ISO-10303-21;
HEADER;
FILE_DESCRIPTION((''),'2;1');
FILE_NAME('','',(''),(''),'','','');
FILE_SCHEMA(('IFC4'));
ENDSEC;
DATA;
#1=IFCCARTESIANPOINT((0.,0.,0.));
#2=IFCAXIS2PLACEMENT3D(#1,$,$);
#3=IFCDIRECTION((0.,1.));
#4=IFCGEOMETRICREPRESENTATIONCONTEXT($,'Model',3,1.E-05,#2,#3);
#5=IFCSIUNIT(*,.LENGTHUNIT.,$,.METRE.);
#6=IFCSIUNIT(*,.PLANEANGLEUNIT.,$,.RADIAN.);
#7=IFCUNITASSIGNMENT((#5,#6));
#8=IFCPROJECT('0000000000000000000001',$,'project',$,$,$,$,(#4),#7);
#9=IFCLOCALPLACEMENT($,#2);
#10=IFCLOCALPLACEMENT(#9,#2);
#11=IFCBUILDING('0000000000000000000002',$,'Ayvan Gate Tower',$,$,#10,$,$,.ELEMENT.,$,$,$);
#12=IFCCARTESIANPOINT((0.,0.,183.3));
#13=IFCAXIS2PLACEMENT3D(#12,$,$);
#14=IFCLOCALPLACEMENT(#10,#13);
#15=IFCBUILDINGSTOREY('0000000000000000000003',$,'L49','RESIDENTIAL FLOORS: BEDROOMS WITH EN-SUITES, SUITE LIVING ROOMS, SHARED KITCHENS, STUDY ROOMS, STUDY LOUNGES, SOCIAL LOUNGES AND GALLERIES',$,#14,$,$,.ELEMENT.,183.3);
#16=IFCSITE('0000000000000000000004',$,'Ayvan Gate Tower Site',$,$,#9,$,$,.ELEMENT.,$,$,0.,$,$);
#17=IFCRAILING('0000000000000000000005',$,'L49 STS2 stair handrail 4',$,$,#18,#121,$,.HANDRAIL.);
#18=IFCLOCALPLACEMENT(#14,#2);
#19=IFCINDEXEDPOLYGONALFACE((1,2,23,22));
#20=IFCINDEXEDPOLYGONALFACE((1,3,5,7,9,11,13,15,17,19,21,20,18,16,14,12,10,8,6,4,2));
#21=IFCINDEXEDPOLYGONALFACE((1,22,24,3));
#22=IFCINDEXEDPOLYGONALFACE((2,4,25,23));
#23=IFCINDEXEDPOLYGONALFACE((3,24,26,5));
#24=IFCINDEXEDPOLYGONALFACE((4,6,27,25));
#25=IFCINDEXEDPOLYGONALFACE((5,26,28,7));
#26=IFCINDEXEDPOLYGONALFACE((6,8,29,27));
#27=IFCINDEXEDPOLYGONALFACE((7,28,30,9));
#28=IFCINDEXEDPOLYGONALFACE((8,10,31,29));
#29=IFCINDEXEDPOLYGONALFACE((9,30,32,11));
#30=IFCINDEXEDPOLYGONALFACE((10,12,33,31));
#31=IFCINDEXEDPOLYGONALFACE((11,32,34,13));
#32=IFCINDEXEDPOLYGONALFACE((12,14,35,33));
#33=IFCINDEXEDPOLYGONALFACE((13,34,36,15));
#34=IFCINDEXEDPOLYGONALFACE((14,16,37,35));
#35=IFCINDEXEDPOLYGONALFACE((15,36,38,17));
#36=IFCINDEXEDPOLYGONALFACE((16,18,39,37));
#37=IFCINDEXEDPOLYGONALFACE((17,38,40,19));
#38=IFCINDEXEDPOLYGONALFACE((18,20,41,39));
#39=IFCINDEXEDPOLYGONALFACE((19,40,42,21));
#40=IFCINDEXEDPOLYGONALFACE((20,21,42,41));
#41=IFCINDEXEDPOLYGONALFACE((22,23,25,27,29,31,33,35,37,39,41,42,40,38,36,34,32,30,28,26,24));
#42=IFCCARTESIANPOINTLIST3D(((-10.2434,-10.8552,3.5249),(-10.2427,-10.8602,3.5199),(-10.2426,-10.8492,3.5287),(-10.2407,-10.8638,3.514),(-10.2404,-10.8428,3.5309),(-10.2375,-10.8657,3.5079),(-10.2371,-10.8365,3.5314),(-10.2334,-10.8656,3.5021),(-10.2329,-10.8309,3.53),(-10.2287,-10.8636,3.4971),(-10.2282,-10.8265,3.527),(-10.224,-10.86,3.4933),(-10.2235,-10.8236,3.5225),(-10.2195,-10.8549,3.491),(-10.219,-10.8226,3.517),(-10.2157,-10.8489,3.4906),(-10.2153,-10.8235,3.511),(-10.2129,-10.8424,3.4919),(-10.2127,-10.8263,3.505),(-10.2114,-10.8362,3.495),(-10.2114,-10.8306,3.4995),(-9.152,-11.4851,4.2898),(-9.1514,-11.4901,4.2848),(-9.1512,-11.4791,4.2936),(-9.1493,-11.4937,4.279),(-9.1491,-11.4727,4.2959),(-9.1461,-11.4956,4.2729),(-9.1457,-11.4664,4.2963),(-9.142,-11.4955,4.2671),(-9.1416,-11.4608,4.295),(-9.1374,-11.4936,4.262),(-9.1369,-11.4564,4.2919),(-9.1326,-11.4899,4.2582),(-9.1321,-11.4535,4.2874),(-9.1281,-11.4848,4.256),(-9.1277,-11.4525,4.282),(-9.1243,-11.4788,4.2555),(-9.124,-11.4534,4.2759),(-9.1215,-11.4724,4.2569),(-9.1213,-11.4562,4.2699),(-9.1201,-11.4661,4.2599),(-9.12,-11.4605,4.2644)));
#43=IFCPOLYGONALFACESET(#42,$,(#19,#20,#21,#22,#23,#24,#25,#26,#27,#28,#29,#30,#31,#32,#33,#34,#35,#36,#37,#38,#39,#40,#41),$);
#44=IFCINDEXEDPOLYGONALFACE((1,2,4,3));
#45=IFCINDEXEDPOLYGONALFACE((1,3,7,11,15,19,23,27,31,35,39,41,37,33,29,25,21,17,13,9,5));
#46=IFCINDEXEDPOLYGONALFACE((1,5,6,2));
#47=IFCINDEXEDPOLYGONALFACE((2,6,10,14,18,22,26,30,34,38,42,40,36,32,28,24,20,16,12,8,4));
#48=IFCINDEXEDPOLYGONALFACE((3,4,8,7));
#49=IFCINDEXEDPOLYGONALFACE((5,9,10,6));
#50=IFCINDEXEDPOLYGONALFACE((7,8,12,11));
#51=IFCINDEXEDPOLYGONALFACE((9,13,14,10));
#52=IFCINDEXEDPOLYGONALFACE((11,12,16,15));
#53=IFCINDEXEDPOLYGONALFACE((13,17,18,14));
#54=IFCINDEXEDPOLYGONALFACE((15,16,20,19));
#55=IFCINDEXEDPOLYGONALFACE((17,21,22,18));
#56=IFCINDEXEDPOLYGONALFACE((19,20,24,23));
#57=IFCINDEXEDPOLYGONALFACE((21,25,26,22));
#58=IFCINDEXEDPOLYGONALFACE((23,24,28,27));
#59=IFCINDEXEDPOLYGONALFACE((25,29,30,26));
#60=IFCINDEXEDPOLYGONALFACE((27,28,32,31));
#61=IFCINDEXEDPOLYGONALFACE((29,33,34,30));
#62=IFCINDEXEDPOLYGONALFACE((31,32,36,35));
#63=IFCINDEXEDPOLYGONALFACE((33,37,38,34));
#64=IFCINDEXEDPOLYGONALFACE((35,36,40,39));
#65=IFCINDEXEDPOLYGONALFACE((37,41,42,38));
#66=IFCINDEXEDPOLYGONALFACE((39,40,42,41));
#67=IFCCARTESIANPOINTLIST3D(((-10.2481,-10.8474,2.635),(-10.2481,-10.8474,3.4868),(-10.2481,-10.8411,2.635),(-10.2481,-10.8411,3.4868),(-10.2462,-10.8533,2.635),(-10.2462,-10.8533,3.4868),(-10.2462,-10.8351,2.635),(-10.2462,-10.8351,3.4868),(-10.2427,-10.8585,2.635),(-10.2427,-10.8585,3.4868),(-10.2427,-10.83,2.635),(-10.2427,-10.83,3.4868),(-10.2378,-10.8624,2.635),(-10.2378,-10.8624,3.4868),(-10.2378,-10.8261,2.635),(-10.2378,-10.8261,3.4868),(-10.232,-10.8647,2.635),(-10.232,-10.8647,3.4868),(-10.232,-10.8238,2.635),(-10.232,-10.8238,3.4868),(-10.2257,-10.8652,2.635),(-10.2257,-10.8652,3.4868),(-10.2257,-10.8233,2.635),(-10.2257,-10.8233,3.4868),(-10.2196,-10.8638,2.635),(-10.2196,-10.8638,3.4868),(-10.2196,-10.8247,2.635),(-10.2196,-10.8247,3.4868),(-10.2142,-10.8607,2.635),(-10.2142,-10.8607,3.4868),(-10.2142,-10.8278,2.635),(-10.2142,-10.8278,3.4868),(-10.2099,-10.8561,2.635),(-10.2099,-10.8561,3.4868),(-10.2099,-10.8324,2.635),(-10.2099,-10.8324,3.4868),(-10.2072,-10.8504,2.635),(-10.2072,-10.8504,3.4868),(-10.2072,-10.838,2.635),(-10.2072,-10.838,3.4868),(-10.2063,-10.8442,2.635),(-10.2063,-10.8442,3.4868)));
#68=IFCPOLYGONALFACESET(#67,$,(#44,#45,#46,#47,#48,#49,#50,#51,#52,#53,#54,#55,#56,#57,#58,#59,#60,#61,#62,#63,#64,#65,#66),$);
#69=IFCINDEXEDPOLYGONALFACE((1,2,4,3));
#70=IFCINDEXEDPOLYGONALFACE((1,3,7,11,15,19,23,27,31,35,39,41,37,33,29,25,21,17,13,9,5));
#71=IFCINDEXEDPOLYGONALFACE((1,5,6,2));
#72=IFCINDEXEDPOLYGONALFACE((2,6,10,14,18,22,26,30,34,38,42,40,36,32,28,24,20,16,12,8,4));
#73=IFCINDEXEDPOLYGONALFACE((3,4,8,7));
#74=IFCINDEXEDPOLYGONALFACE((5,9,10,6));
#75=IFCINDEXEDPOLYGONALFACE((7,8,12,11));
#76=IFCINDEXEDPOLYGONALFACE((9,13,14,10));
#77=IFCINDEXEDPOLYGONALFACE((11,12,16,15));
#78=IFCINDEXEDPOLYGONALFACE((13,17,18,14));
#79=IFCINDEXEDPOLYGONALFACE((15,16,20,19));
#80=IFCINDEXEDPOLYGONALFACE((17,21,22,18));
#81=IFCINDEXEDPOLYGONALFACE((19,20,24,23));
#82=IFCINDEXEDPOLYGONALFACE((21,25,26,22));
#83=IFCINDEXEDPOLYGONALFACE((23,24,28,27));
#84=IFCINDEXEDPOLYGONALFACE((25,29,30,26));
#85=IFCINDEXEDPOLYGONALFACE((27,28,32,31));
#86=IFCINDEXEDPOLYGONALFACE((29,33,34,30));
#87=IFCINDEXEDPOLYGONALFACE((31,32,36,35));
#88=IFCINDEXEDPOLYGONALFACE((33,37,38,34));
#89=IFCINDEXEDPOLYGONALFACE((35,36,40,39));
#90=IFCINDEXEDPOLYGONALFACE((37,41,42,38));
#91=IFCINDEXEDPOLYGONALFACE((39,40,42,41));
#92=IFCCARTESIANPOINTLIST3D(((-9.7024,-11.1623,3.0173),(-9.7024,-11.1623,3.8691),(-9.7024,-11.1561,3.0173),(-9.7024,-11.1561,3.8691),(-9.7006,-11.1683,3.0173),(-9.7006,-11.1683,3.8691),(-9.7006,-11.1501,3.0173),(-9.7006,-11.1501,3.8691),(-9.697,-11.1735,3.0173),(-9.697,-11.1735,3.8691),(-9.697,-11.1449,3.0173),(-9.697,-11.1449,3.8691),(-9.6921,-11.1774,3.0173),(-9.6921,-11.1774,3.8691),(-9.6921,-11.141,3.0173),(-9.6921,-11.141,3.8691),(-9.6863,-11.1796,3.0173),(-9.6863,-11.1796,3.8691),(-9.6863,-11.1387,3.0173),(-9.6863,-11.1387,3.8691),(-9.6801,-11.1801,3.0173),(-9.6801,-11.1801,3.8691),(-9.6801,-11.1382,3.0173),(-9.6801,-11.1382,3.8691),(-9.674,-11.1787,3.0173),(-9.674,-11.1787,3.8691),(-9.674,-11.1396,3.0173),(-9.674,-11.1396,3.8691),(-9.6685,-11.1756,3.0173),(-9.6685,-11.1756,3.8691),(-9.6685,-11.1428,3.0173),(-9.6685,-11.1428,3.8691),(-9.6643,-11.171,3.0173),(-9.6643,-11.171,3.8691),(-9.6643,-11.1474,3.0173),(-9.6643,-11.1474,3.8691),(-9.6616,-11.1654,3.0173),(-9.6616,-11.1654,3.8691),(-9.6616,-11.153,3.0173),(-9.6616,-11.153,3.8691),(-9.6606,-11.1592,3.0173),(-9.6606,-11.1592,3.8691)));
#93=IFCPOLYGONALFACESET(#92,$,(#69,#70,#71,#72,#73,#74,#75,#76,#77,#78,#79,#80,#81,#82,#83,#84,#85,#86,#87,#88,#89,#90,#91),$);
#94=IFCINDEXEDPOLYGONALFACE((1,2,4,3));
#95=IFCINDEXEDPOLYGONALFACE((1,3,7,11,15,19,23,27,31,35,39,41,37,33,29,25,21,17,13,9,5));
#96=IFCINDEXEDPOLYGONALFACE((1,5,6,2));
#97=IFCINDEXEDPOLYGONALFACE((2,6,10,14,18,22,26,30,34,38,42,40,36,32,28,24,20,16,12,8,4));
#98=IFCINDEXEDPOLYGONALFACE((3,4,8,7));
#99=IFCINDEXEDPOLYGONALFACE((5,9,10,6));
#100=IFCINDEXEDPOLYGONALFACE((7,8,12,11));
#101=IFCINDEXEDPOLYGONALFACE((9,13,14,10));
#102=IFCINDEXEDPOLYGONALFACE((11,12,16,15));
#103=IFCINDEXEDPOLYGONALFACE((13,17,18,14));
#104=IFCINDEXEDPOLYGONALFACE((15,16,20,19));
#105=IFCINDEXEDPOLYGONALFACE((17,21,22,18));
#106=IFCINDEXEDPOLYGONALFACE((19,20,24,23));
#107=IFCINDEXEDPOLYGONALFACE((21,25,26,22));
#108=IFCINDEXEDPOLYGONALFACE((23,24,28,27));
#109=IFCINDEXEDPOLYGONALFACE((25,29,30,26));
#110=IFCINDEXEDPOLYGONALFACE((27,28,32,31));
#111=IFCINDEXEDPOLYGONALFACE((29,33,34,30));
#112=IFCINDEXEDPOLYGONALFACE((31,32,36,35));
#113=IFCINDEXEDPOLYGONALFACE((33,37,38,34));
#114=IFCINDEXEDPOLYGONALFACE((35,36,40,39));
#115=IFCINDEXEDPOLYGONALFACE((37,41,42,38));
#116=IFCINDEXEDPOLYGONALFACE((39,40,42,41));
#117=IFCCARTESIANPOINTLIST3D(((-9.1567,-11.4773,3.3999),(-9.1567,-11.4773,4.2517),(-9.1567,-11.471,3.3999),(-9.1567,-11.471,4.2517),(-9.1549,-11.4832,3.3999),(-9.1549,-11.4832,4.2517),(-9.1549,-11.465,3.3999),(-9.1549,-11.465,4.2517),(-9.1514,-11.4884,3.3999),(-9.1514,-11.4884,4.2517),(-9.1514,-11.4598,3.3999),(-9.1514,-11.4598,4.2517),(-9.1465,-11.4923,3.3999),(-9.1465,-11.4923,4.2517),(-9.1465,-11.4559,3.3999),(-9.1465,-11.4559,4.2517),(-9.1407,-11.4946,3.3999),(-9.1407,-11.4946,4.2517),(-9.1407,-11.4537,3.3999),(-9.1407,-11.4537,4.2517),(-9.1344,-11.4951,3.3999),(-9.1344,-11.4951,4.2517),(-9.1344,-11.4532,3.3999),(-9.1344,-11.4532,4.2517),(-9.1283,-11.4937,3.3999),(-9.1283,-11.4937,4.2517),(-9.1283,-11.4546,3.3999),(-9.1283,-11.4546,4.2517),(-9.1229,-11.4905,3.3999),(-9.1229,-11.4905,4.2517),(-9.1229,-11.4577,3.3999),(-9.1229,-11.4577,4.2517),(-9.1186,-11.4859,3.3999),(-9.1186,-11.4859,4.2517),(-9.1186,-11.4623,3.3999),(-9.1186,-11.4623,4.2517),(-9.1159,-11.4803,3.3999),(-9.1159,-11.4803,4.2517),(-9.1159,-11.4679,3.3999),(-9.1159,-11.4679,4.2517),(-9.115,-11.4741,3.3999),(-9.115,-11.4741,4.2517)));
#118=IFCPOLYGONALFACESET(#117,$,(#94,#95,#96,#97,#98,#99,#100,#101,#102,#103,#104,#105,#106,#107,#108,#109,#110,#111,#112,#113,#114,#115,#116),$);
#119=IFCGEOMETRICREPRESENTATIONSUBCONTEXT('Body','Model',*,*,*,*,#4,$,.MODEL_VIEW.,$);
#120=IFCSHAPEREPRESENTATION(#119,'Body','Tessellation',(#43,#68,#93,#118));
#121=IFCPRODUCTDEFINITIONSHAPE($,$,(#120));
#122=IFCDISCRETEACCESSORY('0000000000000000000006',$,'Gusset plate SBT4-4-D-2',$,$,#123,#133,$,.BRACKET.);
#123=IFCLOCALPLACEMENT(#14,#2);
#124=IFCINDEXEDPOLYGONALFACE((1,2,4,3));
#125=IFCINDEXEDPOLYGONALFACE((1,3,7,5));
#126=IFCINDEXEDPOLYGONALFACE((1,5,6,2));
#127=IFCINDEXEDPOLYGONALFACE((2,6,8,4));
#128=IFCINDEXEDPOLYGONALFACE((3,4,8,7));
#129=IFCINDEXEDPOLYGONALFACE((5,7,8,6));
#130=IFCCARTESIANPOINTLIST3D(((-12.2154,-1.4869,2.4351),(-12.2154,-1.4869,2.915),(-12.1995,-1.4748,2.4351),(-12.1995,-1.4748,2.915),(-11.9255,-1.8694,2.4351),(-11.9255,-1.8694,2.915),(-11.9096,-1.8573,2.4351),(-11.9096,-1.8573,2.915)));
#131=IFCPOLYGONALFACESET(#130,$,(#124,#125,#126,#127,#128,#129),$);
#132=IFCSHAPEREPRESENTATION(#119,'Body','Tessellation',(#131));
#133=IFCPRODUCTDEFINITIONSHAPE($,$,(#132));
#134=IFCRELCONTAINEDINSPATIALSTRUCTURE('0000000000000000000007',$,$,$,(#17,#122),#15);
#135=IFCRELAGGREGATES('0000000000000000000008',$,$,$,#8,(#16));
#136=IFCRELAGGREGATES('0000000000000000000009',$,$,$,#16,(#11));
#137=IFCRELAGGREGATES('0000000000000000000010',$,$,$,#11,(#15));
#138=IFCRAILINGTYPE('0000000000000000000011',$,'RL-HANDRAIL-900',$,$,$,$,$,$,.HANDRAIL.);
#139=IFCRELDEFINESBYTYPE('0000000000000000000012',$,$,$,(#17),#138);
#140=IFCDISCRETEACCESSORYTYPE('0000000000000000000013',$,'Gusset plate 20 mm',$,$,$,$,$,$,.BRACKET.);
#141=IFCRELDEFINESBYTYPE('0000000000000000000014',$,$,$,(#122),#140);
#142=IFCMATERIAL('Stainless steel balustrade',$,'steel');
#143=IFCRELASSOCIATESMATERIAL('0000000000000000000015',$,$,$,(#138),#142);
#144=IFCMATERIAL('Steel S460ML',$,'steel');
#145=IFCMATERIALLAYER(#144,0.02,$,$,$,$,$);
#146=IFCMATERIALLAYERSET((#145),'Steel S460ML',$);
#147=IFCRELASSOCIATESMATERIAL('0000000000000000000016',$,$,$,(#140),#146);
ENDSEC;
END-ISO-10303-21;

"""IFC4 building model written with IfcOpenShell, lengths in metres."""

from ifc_helpers import new_model, si_unit, direction, frame, origin, origin_2d, place, context, subcontext, project, spatial, rectangle, circle, extrude, material, layer, layer_set, type_object, element, save


model = new_model("IFC4")

# Units and contexts
model_context = context("Model", 3, precision=1e-05, world=origin(), true_north=direction((0.0, 1.0)))
body_context = subcontext(model_context, "Body", "Model", "MODEL_VIEW")
ifc_project = project(units=[si_unit("LENGTHUNIT", "METRE"), si_unit("PLANEANGLEUNIT", "RADIAN")], contexts=[model_context])

# Site, building, storey
site_placement = place(None, origin())
site = spatial("IfcSite", under=ifc_project, at=site_placement, Name="Ayvan Gate Tower Site", CompositionType="ELEMENT", RefElevation=0.0)
building_placement = place(site_placement, origin())
building = spatial("IfcBuilding", under=site, at=building_placement, Name="Ayvan Gate Tower", CompositionType="ELEMENT")
storey_placement = place(building_placement, frame((0.0, 0.0, 183.3)))
storey = spatial("IfcBuildingStorey", under=building, at=storey_placement, Name="L49", Description="RESIDENTIAL FLOORS: BEDROOMS WITH EN-SUITES, SUITE LIVING ROOMS, SHARED KITCHENS, STUDY ROOMS, STUDY LOUNGES, SOCIAL LOUNGES AND GALLERIES", CompositionType="ELEMENT", Elevation=183.3)

# Railing
ifc_material_1 = material(Name="Stainless steel balustrade", Category="steel")
railing_type_1 = type_object("IfcRailingType", Name="RL-HANDRAIL-900", PredefinedType="HANDRAIL", material=ifc_material_1)
railing_1_placement = place(storey_placement, frame((-10.2273, -10.8442, 2.635)))
element("IfcRailing", 1, at=railing_1_placement, inside=storey, type_object=railing_type_1, Name="L49 STS2 stair handrail 4", PredefinedType="HANDRAIL", context=body_context, shape_type="SweptSolid", body=[
    extrude(circle(Radius=0.0239, at=origin_2d()), frame((0.0, 0.0, 0.876), z_axis=(0.740357, -0.42732, 0.518912), x_axis=(0.49989, 0.866089, 0.0)), (0.0, 0.0, 1.0), 1.4741),
    extrude(circle(Radius=0.021, at=origin_2d()), origin(), (0.0, 0.0, 1.0), 0.8518),
    extrude(circle(Radius=0.021, at=origin_2d()), frame((0.5457, -0.3149, 0.3823)), (0.0, 0.0, 1.0), 0.8518),
    extrude(circle(Radius=0.021, at=origin_2d()), frame((1.0913, -0.6299, 0.7649)), (0.0, 0.0, 1.0), 0.8518),
])

# Discrete accessory
ifc_material_2 = material(Name="Steel S460ML", Category="steel")
ifc_layer_1 = layer(ifc_material_2, 0.02)
ifc_layer_set_1 = layer_set([ifc_layer_1], Name="Steel S460ML")
discrete_accessory_type = type_object("IfcDiscreteAccessoryType", Name="Gusset plate 20 mm", PredefinedType="BRACKET", material=ifc_layer_set_1)
discrete_accessory_placement = place(storey_placement, frame((-12.0625, -1.6721, 2.4351), z_axis=(0.0, 0.0, 1.0), x_axis=(-0.604022, 0.796968, 0.0)))
element("IfcDiscreteAccessory", 2, at=discrete_accessory_placement, inside=storey, type_object=discrete_accessory_type, Name="Gusset plate SBT4-4-D-2", PredefinedType="BRACKET", context=body_context, shape_type="SweptSolid", body=[
    extrude(rectangle(XDim=0.48, YDim=0.02, at=origin_2d()), origin(), (0.0, 0.0, 1.0), 0.48),
])

save(model, "model.ifc")
